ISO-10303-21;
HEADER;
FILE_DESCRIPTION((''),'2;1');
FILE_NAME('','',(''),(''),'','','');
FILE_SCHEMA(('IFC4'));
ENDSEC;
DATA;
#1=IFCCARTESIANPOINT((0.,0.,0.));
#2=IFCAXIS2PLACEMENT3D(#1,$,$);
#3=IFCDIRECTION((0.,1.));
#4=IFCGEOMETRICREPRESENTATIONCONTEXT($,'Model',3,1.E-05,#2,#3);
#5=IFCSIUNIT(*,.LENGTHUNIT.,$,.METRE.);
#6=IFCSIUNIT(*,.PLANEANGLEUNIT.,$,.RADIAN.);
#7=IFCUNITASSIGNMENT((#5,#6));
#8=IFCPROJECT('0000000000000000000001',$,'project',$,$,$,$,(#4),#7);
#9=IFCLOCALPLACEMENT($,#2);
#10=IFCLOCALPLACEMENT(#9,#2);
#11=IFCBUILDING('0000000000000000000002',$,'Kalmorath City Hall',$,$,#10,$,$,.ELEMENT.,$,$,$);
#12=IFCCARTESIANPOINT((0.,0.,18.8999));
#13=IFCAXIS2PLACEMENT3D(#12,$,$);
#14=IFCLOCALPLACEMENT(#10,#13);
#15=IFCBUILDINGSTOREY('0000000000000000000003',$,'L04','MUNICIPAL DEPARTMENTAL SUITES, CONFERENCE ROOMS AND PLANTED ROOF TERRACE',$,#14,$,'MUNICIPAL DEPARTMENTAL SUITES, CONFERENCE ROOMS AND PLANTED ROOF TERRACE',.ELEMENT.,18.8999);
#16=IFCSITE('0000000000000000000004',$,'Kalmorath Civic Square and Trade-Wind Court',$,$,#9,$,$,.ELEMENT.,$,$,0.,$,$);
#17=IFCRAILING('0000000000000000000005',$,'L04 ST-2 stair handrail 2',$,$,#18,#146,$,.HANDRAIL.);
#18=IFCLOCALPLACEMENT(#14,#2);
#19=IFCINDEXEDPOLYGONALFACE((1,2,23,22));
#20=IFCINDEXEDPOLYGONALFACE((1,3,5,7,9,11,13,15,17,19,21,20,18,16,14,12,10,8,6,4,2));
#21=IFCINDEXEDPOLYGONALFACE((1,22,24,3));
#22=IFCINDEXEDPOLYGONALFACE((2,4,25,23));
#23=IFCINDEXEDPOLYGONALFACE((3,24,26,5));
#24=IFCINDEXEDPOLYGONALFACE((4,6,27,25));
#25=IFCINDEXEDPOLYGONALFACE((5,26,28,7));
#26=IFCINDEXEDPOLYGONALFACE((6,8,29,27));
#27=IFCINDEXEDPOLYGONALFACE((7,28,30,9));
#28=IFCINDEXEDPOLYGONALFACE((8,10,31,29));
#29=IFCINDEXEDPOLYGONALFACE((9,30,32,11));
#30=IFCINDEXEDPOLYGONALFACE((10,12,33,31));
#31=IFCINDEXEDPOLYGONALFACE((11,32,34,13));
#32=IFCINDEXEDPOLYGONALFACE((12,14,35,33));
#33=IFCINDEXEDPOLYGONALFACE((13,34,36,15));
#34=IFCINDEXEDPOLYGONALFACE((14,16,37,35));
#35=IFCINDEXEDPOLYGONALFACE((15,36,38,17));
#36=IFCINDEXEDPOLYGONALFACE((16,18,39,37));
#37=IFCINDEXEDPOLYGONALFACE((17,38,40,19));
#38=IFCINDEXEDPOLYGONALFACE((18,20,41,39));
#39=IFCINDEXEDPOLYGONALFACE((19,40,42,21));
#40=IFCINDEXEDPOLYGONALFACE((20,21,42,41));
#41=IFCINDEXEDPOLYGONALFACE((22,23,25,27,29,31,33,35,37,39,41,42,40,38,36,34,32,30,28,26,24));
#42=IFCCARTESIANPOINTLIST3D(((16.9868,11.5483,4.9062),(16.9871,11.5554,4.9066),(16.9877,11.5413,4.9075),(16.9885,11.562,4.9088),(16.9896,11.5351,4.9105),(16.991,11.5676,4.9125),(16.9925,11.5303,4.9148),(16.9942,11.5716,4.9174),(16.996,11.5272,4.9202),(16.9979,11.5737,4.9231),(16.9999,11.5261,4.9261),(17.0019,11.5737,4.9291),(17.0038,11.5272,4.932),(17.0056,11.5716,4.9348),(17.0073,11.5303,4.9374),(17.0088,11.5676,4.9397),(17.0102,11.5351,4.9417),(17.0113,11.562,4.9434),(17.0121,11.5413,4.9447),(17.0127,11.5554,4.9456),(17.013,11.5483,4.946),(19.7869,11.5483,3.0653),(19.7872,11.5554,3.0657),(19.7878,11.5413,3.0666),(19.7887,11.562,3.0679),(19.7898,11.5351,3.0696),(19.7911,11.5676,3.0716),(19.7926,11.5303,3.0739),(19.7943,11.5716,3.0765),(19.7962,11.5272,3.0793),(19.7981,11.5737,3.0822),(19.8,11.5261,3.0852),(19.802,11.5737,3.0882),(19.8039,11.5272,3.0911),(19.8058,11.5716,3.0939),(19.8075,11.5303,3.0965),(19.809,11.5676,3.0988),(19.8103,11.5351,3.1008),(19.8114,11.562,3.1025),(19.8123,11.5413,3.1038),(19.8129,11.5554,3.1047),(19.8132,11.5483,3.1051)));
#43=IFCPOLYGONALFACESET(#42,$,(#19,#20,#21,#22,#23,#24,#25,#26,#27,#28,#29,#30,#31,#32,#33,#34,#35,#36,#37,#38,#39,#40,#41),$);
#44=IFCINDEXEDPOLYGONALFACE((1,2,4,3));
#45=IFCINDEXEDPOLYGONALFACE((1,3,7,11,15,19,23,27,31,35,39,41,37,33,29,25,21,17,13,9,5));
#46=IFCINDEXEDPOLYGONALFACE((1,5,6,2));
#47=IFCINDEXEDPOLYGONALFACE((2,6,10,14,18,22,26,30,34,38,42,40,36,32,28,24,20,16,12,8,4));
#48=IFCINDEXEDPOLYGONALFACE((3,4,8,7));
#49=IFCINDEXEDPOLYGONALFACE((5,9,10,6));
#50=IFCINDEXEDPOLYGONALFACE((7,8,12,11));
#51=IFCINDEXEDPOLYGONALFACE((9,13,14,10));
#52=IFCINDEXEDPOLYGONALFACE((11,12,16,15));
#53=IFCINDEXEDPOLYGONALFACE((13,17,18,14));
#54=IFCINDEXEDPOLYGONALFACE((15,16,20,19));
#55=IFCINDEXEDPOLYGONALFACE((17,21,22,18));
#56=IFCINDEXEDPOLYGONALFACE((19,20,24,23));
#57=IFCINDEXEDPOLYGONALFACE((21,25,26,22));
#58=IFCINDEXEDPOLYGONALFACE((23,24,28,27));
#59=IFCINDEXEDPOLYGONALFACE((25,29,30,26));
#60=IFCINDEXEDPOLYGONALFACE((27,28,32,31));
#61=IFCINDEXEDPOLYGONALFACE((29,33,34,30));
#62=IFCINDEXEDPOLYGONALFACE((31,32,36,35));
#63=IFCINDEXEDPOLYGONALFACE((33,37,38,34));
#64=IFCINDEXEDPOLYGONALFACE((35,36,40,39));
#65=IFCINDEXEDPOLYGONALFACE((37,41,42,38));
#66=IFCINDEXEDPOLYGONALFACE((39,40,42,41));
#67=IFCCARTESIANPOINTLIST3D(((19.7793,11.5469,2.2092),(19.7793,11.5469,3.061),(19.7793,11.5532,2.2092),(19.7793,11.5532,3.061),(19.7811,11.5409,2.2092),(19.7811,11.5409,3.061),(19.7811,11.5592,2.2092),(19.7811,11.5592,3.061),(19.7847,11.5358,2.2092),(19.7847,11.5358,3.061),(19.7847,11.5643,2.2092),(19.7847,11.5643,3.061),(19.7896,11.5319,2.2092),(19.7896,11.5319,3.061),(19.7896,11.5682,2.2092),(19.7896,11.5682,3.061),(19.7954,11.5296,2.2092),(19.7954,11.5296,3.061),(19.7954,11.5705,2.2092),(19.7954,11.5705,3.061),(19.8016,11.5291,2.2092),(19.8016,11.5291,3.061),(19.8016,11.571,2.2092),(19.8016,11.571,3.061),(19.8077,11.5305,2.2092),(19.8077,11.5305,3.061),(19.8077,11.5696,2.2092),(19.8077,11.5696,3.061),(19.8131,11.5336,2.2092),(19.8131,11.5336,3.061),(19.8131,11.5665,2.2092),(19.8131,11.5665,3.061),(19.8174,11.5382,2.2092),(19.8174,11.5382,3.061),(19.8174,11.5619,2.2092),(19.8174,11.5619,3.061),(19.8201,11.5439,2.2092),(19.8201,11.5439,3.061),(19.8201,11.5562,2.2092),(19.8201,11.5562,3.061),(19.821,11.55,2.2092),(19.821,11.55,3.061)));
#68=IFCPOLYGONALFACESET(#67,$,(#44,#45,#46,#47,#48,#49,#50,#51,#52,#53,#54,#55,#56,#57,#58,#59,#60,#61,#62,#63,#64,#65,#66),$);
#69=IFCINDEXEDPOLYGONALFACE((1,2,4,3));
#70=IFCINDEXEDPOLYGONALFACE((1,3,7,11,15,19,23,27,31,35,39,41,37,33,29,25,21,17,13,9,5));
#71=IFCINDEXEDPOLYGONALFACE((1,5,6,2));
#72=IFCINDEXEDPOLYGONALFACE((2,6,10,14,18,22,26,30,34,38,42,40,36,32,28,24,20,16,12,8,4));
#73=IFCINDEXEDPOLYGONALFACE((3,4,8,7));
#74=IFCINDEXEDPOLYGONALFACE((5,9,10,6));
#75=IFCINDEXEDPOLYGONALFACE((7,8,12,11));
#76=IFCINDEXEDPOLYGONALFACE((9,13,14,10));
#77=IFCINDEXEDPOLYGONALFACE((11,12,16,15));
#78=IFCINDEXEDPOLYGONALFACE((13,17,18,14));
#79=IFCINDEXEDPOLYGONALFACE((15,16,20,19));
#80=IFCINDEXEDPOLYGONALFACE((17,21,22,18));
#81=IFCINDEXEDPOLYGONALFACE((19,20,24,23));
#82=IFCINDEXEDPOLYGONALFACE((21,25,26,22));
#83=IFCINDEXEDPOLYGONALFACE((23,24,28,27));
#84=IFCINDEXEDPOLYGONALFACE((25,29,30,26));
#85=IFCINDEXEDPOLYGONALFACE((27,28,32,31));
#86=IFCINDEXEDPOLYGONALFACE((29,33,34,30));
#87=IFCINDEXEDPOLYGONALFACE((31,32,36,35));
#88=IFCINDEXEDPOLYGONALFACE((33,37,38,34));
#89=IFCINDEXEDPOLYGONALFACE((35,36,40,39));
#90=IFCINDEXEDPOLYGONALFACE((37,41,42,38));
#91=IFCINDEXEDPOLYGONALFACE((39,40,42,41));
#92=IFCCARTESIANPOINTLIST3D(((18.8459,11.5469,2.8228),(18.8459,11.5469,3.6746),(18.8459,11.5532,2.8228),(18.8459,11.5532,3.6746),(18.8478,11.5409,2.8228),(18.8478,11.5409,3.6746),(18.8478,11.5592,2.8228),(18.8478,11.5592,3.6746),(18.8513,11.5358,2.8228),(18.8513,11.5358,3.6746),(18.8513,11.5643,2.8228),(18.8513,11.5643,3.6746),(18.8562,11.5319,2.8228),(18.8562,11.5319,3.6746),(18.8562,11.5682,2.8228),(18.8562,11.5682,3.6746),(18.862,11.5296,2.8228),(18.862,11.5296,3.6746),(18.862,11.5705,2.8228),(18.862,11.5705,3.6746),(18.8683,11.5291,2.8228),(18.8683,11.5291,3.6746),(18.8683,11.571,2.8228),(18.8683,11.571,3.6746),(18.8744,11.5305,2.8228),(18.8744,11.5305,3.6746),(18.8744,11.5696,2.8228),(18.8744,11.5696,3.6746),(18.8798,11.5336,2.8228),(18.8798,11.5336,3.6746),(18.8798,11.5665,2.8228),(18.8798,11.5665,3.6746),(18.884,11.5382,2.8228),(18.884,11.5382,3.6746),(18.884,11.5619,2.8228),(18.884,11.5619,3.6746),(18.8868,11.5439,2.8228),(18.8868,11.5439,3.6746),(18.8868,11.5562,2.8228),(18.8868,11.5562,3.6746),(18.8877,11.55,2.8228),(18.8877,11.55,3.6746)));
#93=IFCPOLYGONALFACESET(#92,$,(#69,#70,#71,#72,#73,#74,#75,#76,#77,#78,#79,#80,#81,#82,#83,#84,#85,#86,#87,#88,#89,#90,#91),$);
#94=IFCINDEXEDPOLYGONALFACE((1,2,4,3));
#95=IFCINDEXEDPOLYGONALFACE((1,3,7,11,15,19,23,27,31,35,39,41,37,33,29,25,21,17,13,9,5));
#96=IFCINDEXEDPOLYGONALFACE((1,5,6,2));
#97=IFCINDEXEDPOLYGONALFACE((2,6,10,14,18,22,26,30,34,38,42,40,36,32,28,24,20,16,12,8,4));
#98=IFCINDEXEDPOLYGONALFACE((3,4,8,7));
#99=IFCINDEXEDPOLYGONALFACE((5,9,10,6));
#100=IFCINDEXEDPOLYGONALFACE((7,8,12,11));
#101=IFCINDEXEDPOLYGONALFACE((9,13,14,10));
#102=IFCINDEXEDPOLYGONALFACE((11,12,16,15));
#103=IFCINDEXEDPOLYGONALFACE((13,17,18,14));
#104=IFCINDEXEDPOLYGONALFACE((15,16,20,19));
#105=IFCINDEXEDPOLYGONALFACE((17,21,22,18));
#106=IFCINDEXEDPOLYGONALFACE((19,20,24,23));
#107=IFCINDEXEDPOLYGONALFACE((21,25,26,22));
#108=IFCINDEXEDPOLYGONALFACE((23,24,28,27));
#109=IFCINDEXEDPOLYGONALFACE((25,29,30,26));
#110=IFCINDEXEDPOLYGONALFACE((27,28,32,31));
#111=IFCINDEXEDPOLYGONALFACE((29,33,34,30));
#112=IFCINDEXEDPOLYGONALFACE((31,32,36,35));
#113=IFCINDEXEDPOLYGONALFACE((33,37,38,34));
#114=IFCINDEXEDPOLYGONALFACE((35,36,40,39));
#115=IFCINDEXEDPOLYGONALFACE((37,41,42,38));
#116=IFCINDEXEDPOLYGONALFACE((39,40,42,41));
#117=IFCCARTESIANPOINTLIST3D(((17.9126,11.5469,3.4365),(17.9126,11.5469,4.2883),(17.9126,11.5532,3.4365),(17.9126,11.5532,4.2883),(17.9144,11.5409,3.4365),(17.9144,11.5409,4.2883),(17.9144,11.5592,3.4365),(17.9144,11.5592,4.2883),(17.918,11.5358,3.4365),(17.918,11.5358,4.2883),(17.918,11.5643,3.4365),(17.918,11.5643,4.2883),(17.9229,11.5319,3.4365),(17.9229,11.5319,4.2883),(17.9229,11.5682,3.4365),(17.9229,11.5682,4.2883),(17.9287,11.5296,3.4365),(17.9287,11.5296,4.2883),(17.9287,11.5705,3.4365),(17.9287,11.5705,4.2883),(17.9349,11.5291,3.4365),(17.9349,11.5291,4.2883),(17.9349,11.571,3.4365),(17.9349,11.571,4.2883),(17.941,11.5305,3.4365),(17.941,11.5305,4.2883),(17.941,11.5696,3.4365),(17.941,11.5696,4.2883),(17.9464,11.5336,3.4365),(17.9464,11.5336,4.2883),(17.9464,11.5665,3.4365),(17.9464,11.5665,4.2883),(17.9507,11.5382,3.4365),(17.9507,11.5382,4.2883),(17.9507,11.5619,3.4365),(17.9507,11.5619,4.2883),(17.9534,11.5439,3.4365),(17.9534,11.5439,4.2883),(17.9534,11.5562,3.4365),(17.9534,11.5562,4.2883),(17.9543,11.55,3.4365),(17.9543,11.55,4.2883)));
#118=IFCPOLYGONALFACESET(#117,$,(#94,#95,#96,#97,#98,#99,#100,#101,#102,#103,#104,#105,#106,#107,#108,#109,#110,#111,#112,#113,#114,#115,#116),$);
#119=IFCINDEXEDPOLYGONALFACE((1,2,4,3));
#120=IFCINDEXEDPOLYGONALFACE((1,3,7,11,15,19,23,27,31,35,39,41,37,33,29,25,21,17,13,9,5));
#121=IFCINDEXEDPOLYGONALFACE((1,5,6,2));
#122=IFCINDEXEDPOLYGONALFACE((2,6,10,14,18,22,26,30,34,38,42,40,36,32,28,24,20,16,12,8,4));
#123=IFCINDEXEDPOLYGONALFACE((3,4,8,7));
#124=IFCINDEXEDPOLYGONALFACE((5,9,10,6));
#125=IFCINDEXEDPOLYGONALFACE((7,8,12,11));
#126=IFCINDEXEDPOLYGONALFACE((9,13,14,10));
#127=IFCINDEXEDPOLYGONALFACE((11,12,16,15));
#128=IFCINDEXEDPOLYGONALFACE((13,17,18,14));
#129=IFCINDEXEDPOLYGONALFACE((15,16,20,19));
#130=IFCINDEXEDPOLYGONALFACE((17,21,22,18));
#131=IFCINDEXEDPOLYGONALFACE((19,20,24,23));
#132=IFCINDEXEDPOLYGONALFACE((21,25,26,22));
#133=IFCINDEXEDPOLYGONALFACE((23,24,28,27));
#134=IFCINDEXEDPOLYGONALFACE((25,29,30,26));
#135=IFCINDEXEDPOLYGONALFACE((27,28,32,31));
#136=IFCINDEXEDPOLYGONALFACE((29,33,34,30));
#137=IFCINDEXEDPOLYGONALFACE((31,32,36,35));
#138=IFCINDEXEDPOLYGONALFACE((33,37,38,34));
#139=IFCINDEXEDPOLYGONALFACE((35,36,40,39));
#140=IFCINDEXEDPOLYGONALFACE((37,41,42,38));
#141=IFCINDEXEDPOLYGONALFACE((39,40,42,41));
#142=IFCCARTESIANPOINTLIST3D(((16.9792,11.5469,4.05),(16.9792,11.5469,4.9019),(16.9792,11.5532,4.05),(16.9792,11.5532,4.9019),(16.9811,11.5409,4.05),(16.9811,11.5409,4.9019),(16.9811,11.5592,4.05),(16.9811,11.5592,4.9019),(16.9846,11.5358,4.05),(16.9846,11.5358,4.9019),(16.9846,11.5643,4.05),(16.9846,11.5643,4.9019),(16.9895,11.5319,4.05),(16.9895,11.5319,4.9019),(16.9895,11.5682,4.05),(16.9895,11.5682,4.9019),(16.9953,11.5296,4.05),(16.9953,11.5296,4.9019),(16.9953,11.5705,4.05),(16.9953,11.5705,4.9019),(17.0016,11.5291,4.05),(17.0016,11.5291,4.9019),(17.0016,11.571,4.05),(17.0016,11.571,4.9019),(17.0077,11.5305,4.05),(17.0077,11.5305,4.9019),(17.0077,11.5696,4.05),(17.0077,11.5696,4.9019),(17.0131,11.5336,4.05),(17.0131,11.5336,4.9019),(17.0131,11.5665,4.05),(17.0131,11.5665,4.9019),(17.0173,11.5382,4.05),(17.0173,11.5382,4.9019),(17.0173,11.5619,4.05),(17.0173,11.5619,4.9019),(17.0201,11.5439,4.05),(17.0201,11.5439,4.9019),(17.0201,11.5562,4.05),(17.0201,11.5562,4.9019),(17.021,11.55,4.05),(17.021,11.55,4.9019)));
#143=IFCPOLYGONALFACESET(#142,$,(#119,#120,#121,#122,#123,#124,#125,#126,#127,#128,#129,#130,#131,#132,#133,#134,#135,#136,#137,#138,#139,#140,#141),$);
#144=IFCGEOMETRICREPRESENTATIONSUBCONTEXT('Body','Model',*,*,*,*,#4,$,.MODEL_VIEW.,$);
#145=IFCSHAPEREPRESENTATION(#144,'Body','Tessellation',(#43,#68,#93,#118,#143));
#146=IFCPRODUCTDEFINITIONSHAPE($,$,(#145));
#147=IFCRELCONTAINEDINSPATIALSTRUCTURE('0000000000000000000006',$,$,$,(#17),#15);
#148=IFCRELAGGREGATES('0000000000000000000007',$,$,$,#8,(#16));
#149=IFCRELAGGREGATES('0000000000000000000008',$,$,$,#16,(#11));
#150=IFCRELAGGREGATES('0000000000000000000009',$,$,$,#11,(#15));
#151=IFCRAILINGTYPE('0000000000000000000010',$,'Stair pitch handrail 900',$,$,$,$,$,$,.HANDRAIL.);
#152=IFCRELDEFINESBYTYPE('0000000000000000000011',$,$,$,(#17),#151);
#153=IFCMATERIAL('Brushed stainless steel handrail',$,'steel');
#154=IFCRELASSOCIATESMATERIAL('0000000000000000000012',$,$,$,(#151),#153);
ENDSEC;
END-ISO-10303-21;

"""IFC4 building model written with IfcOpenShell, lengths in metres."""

from ifc_helpers import new_model, si_unit, direction, frame, origin, origin_2d, place, context, subcontext, project, spatial, circle, extrude, material, type_object, element, save


model = new_model("IFC4")

# Units and contexts
model_context = context("Model", 3, precision=1e-05, world=origin(), true_north=direction((0.0, 1.0)))
body_context = subcontext(model_context, "Body", "Model", "MODEL_VIEW")
ifc_project = project(units=[si_unit("LENGTHUNIT", "METRE"), si_unit("PLANEANGLEUNIT", "RADIAN")], contexts=[model_context])

# Site, building, storey
site_placement = place(None, origin())
site = spatial("IfcSite", under=ifc_project, at=site_placement, Name="Kalmorath Civic Square and Trade-Wind Court", CompositionType="ELEMENT", RefElevation=0.0)
building_placement = place(site_placement, origin())
building = spatial("IfcBuilding", under=site, at=building_placement, Name="Kalmorath City Hall", CompositionType="ELEMENT")
storey_placement = place(building_placement, frame((0.0, 0.0, 18.8999)))
storey = spatial("IfcBuildingStorey", under=building, at=storey_placement, Name="L04", Description="MUNICIPAL DEPARTMENTAL SUITES, CONFERENCE ROOMS AND PLANTED ROOF TERRACE", LongName="MUNICIPAL DEPARTMENTAL SUITES, CONFERENCE ROOMS AND PLANTED ROOF TERRACE", CompositionType="ELEMENT", Elevation=18.8999)

# Railing
ifc_material_1 = material(Name="Brushed stainless steel handrail", Category="steel")
railing_type_1 = type_object("IfcRailingType", Name="Stair pitch handrail 900", PredefinedType="HANDRAIL", material=ifc_material_1)
for number, where, name in (
    (1, (19.8, 11.55, 2.2092), "L04 ST-2 stair handrail 2"),
):
    element("IfcRailing", number, at=place(storey_placement, frame(where)), inside=storey, type_object=railing_type_1, Name=name, PredefinedType="HANDRAIL", context=body_context, shape_type="SweptSolid", body=[
        extrude(circle(Radius=0.0239, at=origin_2d()), frame((0.0, 0.0, 0.876), z_axis=(-0.835598, 0.0, 0.549342), x_axis=(0.0, -1.0, 0.0)), (0.0, 0.0, 1.0), 3.3511),
        extrude(circle(Radius=0.021, at=origin_2d()), origin(), (0.0, 0.0, 1.0), 0.8518),
        extrude(circle(Radius=0.021, at=origin_2d()), frame((-0.9333, 0.0, 0.6135)), (0.0, 0.0, 1.0), 0.8518),
        extrude(circle(Radius=0.021, at=origin_2d()), frame((-1.8667, 0.0, 1.2273)), (0.0, 0.0, 1.0), 0.8518),
        extrude(circle(Radius=0.021, at=origin_2d()), frame((-2.8, 0.0, 1.8408)), (0.0, 0.0, 1.0), 0.8518),
    ])

save(model, "model.ifc")
